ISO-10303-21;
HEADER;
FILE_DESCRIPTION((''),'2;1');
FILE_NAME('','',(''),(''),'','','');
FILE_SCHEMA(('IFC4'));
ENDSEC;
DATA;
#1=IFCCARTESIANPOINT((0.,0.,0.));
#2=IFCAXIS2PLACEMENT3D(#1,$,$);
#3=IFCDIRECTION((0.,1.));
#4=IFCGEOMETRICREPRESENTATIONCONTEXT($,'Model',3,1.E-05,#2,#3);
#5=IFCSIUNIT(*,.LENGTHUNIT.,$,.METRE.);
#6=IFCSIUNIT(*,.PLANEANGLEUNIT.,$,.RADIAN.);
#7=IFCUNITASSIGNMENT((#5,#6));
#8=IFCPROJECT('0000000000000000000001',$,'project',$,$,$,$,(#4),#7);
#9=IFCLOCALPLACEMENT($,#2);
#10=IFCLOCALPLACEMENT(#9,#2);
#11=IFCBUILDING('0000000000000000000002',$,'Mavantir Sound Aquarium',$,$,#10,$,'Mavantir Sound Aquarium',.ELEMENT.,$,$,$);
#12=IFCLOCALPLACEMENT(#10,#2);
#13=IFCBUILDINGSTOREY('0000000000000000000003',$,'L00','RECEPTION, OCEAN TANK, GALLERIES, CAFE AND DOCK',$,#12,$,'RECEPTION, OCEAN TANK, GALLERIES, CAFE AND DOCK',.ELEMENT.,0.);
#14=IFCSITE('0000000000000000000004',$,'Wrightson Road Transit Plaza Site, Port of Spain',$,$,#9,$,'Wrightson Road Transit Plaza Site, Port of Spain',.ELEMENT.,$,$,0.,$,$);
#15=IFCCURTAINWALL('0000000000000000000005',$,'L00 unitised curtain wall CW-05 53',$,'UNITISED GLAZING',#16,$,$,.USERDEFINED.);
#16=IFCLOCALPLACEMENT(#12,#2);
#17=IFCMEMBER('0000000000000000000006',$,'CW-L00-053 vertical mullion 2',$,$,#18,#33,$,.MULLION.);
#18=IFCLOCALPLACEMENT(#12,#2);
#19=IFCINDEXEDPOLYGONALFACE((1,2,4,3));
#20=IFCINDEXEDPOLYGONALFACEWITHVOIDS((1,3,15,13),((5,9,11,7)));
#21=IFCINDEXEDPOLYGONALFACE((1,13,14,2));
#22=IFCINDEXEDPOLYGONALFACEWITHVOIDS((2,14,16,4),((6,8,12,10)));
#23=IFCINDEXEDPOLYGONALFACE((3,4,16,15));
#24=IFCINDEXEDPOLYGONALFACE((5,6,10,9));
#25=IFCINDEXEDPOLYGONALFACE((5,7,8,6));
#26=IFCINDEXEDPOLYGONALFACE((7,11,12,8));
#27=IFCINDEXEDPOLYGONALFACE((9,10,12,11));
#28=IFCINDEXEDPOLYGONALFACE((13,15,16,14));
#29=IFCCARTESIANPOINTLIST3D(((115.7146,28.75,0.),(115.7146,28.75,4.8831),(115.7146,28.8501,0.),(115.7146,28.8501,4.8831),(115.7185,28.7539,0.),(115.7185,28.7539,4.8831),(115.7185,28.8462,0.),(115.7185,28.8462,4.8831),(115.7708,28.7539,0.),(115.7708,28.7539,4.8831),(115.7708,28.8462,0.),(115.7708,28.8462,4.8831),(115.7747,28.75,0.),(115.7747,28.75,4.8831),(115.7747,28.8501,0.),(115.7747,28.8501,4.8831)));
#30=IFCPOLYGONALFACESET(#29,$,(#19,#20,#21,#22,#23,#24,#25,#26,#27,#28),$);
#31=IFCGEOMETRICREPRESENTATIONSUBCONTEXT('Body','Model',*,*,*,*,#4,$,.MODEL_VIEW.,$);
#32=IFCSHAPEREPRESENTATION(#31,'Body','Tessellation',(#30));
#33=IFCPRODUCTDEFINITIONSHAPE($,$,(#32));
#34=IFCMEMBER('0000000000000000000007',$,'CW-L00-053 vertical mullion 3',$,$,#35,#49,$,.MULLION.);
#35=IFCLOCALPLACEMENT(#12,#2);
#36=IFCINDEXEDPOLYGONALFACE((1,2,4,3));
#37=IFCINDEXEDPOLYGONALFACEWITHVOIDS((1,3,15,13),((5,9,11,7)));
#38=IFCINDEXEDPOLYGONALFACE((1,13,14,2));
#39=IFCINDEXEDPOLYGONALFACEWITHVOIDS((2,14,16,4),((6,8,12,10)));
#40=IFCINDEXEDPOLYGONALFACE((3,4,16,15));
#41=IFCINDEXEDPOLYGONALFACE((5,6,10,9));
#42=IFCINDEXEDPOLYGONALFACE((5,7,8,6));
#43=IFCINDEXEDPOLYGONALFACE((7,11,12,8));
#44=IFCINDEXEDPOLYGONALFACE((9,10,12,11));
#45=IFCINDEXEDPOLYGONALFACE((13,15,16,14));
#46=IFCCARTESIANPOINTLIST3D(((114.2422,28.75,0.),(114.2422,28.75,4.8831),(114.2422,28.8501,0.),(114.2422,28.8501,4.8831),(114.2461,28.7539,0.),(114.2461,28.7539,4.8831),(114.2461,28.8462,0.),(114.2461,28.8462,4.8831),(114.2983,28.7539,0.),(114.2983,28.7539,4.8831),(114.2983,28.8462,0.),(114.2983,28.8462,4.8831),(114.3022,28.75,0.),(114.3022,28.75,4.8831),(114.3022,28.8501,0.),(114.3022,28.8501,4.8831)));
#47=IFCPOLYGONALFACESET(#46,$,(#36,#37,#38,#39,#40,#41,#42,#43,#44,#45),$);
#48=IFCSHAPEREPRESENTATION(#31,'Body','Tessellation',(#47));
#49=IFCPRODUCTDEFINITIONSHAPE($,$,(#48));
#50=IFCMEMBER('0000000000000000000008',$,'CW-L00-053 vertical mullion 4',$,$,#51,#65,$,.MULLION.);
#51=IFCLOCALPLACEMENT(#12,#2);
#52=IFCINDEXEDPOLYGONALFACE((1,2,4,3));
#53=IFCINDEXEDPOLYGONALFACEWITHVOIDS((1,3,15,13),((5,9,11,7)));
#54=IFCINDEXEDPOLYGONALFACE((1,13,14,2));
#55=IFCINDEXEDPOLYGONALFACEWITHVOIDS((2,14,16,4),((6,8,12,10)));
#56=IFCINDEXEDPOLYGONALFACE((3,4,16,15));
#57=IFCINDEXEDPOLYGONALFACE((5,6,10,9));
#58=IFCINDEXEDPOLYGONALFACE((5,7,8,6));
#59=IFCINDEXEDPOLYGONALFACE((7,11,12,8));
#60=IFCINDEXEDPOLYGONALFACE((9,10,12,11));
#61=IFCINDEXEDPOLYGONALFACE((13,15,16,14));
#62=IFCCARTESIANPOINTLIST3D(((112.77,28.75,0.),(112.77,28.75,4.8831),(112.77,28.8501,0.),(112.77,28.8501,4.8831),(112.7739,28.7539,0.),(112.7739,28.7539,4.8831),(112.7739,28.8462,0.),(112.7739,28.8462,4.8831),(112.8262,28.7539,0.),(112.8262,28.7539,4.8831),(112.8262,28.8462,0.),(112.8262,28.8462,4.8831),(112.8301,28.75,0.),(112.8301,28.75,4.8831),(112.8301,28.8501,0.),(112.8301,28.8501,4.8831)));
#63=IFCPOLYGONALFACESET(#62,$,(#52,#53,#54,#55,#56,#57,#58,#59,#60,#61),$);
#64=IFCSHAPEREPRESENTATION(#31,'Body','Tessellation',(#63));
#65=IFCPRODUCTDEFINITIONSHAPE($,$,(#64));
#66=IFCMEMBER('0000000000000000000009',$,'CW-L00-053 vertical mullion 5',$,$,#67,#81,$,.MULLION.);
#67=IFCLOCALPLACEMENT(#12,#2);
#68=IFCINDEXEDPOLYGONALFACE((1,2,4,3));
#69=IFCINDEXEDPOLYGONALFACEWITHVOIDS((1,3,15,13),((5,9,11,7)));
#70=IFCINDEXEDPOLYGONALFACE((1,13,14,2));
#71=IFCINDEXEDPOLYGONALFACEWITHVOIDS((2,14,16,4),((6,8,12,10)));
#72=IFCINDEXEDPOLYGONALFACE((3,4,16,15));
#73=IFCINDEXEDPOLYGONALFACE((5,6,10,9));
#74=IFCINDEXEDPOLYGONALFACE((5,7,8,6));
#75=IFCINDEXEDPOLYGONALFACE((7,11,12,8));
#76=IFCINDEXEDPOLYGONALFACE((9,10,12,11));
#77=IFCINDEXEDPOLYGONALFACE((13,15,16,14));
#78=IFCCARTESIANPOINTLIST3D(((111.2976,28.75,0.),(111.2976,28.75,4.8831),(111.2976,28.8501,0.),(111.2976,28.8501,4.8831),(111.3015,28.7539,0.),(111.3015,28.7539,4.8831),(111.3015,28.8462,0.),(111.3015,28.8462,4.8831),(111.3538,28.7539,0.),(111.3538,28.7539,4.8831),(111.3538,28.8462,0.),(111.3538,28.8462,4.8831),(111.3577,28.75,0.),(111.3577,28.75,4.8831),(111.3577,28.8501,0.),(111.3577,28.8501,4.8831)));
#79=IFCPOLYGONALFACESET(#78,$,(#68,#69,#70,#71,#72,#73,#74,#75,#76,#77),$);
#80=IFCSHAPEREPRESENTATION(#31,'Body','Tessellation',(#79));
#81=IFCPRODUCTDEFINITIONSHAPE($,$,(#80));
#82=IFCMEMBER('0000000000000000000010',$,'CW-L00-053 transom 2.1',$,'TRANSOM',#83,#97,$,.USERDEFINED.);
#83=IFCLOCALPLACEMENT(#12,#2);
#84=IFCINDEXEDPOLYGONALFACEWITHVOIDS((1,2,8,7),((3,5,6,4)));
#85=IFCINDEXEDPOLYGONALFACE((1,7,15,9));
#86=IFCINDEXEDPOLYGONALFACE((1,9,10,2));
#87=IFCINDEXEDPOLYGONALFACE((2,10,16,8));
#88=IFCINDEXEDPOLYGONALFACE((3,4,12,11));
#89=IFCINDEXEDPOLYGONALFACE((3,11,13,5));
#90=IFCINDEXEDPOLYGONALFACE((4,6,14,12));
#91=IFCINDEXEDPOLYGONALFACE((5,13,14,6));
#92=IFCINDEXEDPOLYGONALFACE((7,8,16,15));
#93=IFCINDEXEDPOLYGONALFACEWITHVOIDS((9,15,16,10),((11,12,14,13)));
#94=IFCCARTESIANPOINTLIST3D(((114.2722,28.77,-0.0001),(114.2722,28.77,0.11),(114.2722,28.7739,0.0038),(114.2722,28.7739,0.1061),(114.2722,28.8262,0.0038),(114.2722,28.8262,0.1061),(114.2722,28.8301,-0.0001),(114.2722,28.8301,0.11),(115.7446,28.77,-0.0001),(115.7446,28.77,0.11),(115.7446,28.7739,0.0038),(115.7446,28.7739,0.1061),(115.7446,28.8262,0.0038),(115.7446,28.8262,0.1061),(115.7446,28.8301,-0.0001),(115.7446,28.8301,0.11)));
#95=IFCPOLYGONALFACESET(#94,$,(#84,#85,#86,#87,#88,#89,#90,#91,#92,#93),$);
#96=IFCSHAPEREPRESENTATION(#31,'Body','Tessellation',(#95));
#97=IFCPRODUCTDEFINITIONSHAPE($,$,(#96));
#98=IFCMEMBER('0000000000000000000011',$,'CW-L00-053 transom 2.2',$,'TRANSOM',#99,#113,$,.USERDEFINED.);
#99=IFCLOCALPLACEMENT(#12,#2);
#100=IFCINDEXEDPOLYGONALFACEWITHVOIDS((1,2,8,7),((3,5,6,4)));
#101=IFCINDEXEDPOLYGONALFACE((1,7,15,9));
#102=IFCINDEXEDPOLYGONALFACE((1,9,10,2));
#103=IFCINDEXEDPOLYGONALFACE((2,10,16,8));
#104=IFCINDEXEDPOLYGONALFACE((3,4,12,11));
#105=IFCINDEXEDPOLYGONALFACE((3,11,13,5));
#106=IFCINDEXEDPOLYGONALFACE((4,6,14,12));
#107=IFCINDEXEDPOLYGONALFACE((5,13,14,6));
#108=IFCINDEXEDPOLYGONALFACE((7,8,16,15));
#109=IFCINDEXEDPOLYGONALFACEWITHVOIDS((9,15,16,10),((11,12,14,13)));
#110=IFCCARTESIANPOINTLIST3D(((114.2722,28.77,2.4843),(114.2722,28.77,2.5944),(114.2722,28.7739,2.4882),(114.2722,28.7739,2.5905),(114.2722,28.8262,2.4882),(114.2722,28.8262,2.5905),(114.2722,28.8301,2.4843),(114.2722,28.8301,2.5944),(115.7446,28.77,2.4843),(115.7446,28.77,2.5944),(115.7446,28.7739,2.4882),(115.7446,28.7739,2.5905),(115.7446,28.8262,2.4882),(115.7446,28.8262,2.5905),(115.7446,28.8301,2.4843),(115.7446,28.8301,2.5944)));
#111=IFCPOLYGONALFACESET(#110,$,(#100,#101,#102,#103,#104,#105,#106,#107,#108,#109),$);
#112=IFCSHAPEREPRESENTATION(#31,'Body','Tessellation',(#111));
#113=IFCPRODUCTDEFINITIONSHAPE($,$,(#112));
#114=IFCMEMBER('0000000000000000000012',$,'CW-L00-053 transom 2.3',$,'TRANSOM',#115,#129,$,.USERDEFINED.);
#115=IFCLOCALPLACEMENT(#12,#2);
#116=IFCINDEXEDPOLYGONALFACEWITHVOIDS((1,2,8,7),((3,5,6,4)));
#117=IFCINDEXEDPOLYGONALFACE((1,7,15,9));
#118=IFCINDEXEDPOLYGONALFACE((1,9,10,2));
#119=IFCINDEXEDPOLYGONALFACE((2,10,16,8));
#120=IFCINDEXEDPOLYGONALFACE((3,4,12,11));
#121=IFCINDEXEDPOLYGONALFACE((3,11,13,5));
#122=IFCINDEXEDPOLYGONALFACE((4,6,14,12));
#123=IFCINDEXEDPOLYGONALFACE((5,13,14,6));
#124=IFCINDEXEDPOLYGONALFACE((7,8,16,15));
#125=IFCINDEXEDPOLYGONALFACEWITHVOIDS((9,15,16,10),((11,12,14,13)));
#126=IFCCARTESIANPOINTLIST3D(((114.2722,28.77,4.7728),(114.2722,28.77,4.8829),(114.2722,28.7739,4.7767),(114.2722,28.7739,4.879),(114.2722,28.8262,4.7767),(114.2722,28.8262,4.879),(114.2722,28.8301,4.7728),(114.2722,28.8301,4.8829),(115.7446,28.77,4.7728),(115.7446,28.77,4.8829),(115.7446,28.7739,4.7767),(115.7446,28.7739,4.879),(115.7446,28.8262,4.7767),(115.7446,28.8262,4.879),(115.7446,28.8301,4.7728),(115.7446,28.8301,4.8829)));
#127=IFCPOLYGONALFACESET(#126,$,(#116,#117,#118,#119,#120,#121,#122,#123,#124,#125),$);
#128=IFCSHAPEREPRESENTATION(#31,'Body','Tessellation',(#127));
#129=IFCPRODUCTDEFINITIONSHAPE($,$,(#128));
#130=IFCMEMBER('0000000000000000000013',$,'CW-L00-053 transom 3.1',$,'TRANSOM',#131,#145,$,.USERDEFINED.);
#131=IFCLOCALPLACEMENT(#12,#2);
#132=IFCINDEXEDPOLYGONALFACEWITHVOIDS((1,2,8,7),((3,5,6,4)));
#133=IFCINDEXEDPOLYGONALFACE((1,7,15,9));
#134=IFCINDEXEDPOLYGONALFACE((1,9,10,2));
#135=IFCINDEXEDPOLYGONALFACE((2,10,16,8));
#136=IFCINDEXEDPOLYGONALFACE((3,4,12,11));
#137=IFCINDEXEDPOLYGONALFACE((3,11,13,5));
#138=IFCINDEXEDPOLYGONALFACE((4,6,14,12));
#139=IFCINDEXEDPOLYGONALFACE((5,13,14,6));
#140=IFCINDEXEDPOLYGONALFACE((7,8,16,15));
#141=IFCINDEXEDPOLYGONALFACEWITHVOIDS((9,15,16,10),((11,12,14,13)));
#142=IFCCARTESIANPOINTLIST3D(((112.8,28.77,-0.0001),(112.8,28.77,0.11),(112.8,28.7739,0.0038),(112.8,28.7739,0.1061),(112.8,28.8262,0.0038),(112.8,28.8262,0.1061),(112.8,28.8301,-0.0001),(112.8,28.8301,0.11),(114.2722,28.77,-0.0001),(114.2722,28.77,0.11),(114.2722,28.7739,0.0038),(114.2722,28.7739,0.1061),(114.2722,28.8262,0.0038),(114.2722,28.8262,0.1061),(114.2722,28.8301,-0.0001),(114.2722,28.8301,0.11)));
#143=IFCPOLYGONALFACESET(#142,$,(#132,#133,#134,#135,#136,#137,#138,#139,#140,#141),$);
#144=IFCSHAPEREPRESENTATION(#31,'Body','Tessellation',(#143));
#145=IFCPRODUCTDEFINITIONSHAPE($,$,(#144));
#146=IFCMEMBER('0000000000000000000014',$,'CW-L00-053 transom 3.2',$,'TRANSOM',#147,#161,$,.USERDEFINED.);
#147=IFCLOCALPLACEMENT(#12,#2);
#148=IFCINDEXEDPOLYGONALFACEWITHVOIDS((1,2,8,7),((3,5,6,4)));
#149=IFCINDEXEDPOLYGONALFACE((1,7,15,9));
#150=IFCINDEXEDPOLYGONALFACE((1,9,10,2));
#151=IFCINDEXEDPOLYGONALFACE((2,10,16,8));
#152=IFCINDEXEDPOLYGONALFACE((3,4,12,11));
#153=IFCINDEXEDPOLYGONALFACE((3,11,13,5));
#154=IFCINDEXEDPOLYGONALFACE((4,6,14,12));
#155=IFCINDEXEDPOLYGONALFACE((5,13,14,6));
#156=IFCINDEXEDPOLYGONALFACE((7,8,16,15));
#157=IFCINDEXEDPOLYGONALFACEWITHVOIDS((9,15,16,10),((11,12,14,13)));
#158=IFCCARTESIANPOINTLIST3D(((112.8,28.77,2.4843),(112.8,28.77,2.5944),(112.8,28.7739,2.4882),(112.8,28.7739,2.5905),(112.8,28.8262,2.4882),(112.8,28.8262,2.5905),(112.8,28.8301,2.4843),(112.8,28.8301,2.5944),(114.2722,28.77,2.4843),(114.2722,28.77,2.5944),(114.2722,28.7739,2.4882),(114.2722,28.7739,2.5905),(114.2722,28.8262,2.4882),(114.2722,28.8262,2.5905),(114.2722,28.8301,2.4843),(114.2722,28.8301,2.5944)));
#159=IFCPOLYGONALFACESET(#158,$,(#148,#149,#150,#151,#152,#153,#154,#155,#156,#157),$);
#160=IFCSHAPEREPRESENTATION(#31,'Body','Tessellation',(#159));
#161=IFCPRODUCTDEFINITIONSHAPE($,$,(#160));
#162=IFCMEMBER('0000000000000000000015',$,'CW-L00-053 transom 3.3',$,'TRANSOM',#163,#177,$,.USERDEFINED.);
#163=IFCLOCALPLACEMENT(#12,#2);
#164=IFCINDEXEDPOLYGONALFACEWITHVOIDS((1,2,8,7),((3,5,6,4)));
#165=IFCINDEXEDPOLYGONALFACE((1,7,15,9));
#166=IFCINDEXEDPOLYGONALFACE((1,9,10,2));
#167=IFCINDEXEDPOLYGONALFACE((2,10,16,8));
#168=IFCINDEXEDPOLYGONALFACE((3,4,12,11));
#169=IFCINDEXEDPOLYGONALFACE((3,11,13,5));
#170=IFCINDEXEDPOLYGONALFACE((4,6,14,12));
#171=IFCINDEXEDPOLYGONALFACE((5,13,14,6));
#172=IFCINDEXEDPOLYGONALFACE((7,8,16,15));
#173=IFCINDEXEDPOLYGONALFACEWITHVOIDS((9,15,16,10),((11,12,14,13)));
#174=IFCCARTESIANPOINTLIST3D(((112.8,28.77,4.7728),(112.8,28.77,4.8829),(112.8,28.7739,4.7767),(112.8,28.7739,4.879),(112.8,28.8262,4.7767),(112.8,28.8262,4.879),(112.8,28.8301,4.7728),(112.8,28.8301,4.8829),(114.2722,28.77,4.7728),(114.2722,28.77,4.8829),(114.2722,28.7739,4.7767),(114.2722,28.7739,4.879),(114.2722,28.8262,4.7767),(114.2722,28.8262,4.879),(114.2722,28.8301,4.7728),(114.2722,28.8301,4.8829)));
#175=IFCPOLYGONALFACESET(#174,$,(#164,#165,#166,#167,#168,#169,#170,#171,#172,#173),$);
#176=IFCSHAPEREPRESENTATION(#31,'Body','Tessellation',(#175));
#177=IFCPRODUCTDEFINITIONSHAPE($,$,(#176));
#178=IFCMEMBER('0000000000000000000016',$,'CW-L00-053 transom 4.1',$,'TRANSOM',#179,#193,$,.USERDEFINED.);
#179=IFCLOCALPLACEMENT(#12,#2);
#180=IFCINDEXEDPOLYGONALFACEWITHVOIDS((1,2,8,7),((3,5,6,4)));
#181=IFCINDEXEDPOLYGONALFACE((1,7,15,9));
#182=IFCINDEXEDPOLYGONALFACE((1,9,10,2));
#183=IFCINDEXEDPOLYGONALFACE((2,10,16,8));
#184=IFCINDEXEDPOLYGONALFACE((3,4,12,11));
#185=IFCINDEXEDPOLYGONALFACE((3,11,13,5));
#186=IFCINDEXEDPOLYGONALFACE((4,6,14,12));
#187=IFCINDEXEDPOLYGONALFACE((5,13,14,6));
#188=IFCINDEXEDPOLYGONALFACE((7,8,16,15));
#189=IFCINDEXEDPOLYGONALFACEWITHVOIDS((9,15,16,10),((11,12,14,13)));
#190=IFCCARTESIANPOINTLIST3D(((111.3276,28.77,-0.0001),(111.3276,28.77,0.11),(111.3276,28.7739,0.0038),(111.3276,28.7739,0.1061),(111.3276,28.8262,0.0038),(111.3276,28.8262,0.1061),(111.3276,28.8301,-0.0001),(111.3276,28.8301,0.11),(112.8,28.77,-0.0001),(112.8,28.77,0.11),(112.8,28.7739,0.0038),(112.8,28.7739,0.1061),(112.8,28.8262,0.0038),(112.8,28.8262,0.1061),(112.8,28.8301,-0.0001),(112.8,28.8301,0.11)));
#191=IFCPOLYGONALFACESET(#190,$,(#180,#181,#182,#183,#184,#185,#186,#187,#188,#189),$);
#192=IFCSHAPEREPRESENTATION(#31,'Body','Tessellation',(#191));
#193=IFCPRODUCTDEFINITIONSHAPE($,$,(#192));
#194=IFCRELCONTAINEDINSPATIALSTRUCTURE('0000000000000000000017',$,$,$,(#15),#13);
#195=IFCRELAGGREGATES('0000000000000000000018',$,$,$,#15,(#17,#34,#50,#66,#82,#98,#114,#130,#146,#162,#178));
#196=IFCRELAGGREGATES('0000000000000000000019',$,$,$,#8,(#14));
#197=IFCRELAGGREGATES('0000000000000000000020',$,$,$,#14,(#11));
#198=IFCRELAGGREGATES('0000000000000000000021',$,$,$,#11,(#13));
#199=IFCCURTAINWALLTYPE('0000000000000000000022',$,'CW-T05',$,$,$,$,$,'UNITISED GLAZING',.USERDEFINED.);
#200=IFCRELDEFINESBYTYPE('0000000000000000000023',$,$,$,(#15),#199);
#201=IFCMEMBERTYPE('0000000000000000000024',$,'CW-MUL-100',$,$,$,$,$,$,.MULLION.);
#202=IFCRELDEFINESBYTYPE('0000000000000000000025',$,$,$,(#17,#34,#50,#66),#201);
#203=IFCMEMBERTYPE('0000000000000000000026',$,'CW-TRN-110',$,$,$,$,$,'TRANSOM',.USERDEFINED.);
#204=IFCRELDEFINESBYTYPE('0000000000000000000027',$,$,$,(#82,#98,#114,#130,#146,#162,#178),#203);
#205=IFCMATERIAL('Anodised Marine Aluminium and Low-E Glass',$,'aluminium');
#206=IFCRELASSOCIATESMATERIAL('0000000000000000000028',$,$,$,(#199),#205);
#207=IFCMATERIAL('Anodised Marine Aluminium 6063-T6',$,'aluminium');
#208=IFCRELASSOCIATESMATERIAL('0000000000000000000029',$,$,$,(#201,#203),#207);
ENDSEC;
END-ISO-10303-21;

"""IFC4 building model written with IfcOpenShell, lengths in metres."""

from ifc_helpers import new_model, si_unit, direction, frame, origin, origin_2d, place, context, subcontext, project, spatial, hollow_rectangle, extrude, material, material_profile, profile_set, type_object, element, aggregate, save


model = new_model("IFC4")

# Units and contexts
model_context = context("Model", 3, precision=1e-05, world=origin(), true_north=direction((0.0, 1.0)))
body_context = subcontext(model_context, "Body", "Model", "MODEL_VIEW")
ifc_project = project(units=[si_unit("LENGTHUNIT", "METRE"), si_unit("PLANEANGLEUNIT", "RADIAN")], contexts=[model_context])

# Site, building, storey
site_placement = place(None, origin())
site = spatial("IfcSite", under=ifc_project, at=site_placement, Name="Wrightson Road Transit Plaza Site, Port of Spain", LongName="Wrightson Road Transit Plaza Site, Port of Spain", CompositionType="ELEMENT", RefElevation=0.0)
building_placement = place(site_placement, origin())
building = spatial("IfcBuilding", under=site, at=building_placement, Name="Mavantir Sound Aquarium", LongName="Mavantir Sound Aquarium", CompositionType="ELEMENT")
storey_placement = place(building_placement, origin())
storey = spatial("IfcBuildingStorey", under=building, at=storey_placement, Name="L00", Description="RECEPTION, OCEAN TANK, GALLERIES, CAFE AND DOCK", LongName="RECEPTION, OCEAN TANK, GALLERIES, CAFE AND DOCK", CompositionType="ELEMENT", Elevation=0.0)

# Curtain wall, members
ifc_material_1 = material(Name="Anodised Marine Aluminium and Low-E Glass", Category="aluminium")
curtain_wall_type = type_object("IfcCurtainWallType", Name="CW-T05", ElementType="UNITISED GLAZING", PredefinedType="USERDEFINED", material=ifc_material_1)
curtain_wall_placement = place(storey_placement, origin())
curtain_wall = element("IfcCurtainWall", 1, at=curtain_wall_placement, inside=storey, type_object=curtain_wall_type, Name="L00 unitised curtain wall CW-05 53", ObjectType="UNITISED GLAZING", PredefinedType="USERDEFINED")
ifc_material_2 = material(Name="Anodised Marine Aluminium 6063-T6", Category="aluminium")
ifc_material_profile_1 = material_profile(ifc_material_2, hollow_rectangle(XDim=0.0601, YDim=0.1001, WallThickness=0.0039, at=origin_2d()), Name="ALU-MULLION-100X60")
ifc_profile_set_1 = profile_set([ifc_material_profile_1], Name="Anodised Marine Aluminium 6063-T6")
member_type_1 = type_object("IfcMemberType", Name="CW-MUL-100", PredefinedType="MULLION", material=ifc_profile_set_1)
member_1_placement = place(storey_placement, frame((115.7446, 28.8, 0.0), z_axis=(0.0, 0.0, 1.0), x_axis=(1.0, 0.0, 0.0)))
member_1 = element("IfcMember", 2, at=member_1_placement, type_object=member_type_1, Name="CW-L00-053 vertical mullion 2", PredefinedType="MULLION", context=body_context, shape_type="SweptSolid", body=[
    extrude(hollow_rectangle(XDim=0.0601, YDim=0.1001, WallThickness=0.0039, at=origin_2d()), origin(), (0.0, 0.0, 1.0), 4.8831),
])
member_2_placement = place(storey_placement, frame((114.2722, 28.8, 0.0), z_axis=(0.0, 0.0, 1.0), x_axis=(1.0, 0.0, 0.0)))
member_2 = element("IfcMember", 3, at=member_2_placement, type_object=member_type_1, Name="CW-L00-053 vertical mullion 3", PredefinedType="MULLION", context=body_context, shape_type="SweptSolid", body=[
    extrude(hollow_rectangle(XDim=0.0601, YDim=0.1001, WallThickness=0.0039, at=origin_2d()), origin(), (0.0, 0.0, 1.0), 4.8831),
])
member_3_placement = place(storey_placement, frame((112.8, 28.8, 0.0), z_axis=(0.0, 0.0, 1.0), x_axis=(1.0, 0.0, 0.0)))
member_3 = element("IfcMember", 4, at=member_3_placement, type_object=member_type_1, Name="CW-L00-053 vertical mullion 4", PredefinedType="MULLION", context=body_context, shape_type="SweptSolid", body=[
    extrude(hollow_rectangle(XDim=0.0601, YDim=0.1001, WallThickness=0.0039, at=origin_2d()), origin(), (0.0, 0.0, 1.0), 4.8831),
])
member_4_placement = place(storey_placement, frame((111.3276, 28.8, 0.0), z_axis=(0.0, 0.0, 1.0), x_axis=(1.0, 0.0, 0.0)))
member_4 = element("IfcMember", 5, at=member_4_placement, type_object=member_type_1, Name="CW-L00-053 vertical mullion 5", PredefinedType="MULLION", context=body_context, shape_type="SweptSolid", body=[
    extrude(hollow_rectangle(XDim=0.0601, YDim=0.1001, WallThickness=0.0039, at=origin_2d()), origin(), (0.0, 0.0, 1.0), 4.8831),
])
ifc_material_profile_2 = material_profile(ifc_material_2, hollow_rectangle(XDim=0.0601, YDim=0.1101, WallThickness=0.0039, at=origin_2d()), Name="ALU-TRANSOM-110X60")
ifc_profile_set_2 = profile_set([ifc_material_profile_2], Name="Anodised Marine Aluminium 6063-T6")
member_type_2 = type_object("IfcMemberType", Name="CW-TRN-110", ElementType="TRANSOM", PredefinedType="USERDEFINED", material=ifc_profile_set_2)
member_5_placement = place(storey_placement, frame((115.7446, 28.8, 0.0549), z_axis=(-1.0, 0.0, 0.0), x_axis=(0.0, -1.0, 0.0)))
member_5 = element("IfcMember", 6, at=member_5_placement, type_object=member_type_2, Name="CW-L00-053 transom 2.1", ObjectType="TRANSOM", PredefinedType="USERDEFINED", context=body_context, shape_type="SweptSolid", body=[
    extrude(hollow_rectangle(XDim=0.0601, YDim=0.1101, WallThickness=0.0039, at=origin_2d()), origin(), (0.0, 0.0, 1.0), 1.4724),
])
member_6_placement = place(storey_placement, frame((115.7446, 28.8, 2.5393), z_axis=(-1.0, 0.0, 0.0), x_axis=(0.0, -1.0, 0.0)))
member_6 = element("IfcMember", 7, at=member_6_placement, type_object=member_type_2, Name="CW-L00-053 transom 2.2", ObjectType="TRANSOM", PredefinedType="USERDEFINED", context=body_context, shape_type="SweptSolid", body=[
    extrude(hollow_rectangle(XDim=0.0601, YDim=0.1101, WallThickness=0.0039, at=origin_2d()), origin(), (0.0, 0.0, 1.0), 1.4724),
])
member_7_placement = place(storey_placement, frame((115.7446, 28.8, 4.8279), z_axis=(-1.0, 0.0, 0.0), x_axis=(0.0, -1.0, 0.0)))
member_7 = element("IfcMember", 8, at=member_7_placement, type_object=member_type_2, Name="CW-L00-053 transom 2.3", ObjectType="TRANSOM", PredefinedType="USERDEFINED", context=body_context, shape_type="SweptSolid", body=[
    extrude(hollow_rectangle(XDim=0.0601, YDim=0.1101, WallThickness=0.0039, at=origin_2d()), origin(), (0.0, 0.0, 1.0), 1.4724),
])
member_8_placement = place(storey_placement, frame((114.2722, 28.8, 0.0549), z_axis=(-1.0, 0.0, 0.0), x_axis=(0.0, -1.0, 0.0)))
member_8 = element("IfcMember", 9, at=member_8_placement, type_object=member_type_2, Name="CW-L00-053 transom 3.1", ObjectType="TRANSOM", PredefinedType="USERDEFINED", context=body_context, shape_type="SweptSolid", body=[
    extrude(hollow_rectangle(XDim=0.0601, YDim=0.1101, WallThickness=0.0039, at=origin_2d()), origin(), (0.0, 0.0, 1.0), 1.4722),
])
member_9_placement = place(storey_placement, frame((114.2722, 28.8, 2.5393), z_axis=(-1.0, 0.0, 0.0), x_axis=(0.0, -1.0, 0.0)))
member_9 = element("IfcMember", 10, at=member_9_placement, type_object=member_type_2, Name="CW-L00-053 transom 3.2", ObjectType="TRANSOM", PredefinedType="USERDEFINED", context=body_context, shape_type="SweptSolid", body=[
    extrude(hollow_rectangle(XDim=0.0601, YDim=0.1101, WallThickness=0.0039, at=origin_2d()), origin(), (0.0, 0.0, 1.0), 1.4722),
])
member_10_placement = place(storey_placement, frame((114.2722, 28.8, 4.8279), z_axis=(-1.0, 0.0, 0.0), x_axis=(0.0, -1.0, 0.0)))
member_10 = element("IfcMember", 11, at=member_10_placement, type_object=member_type_2, Name="CW-L00-053 transom 3.3", ObjectType="TRANSOM", PredefinedType="USERDEFINED", context=body_context, shape_type="SweptSolid", body=[
    extrude(hollow_rectangle(XDim=0.0601, YDim=0.1101, WallThickness=0.0039, at=origin_2d()), origin(), (0.0, 0.0, 1.0), 1.4722),
])
member_11_placement = place(storey_placement, frame((112.8, 28.8, 0.0549), z_axis=(-1.0, 0.0, 0.0), x_axis=(0.0, -1.0, 0.0)))
member_11 = element("IfcMember", 12, at=member_11_placement, type_object=member_type_2, Name="CW-L00-053 transom 4.1", ObjectType="TRANSOM", PredefinedType="USERDEFINED", context=body_context, shape_type="SweptSolid", body=[
    extrude(hollow_rectangle(XDim=0.0601, YDim=0.1101, WallThickness=0.0039, at=origin_2d()), origin(), (0.0, 0.0, 1.0), 1.4724),
])
aggregate(curtain_wall, [member_1, member_2, member_3, member_4, member_5, member_6, member_7, member_8, member_9, member_10, member_11])

save(model, "model.ifc")
